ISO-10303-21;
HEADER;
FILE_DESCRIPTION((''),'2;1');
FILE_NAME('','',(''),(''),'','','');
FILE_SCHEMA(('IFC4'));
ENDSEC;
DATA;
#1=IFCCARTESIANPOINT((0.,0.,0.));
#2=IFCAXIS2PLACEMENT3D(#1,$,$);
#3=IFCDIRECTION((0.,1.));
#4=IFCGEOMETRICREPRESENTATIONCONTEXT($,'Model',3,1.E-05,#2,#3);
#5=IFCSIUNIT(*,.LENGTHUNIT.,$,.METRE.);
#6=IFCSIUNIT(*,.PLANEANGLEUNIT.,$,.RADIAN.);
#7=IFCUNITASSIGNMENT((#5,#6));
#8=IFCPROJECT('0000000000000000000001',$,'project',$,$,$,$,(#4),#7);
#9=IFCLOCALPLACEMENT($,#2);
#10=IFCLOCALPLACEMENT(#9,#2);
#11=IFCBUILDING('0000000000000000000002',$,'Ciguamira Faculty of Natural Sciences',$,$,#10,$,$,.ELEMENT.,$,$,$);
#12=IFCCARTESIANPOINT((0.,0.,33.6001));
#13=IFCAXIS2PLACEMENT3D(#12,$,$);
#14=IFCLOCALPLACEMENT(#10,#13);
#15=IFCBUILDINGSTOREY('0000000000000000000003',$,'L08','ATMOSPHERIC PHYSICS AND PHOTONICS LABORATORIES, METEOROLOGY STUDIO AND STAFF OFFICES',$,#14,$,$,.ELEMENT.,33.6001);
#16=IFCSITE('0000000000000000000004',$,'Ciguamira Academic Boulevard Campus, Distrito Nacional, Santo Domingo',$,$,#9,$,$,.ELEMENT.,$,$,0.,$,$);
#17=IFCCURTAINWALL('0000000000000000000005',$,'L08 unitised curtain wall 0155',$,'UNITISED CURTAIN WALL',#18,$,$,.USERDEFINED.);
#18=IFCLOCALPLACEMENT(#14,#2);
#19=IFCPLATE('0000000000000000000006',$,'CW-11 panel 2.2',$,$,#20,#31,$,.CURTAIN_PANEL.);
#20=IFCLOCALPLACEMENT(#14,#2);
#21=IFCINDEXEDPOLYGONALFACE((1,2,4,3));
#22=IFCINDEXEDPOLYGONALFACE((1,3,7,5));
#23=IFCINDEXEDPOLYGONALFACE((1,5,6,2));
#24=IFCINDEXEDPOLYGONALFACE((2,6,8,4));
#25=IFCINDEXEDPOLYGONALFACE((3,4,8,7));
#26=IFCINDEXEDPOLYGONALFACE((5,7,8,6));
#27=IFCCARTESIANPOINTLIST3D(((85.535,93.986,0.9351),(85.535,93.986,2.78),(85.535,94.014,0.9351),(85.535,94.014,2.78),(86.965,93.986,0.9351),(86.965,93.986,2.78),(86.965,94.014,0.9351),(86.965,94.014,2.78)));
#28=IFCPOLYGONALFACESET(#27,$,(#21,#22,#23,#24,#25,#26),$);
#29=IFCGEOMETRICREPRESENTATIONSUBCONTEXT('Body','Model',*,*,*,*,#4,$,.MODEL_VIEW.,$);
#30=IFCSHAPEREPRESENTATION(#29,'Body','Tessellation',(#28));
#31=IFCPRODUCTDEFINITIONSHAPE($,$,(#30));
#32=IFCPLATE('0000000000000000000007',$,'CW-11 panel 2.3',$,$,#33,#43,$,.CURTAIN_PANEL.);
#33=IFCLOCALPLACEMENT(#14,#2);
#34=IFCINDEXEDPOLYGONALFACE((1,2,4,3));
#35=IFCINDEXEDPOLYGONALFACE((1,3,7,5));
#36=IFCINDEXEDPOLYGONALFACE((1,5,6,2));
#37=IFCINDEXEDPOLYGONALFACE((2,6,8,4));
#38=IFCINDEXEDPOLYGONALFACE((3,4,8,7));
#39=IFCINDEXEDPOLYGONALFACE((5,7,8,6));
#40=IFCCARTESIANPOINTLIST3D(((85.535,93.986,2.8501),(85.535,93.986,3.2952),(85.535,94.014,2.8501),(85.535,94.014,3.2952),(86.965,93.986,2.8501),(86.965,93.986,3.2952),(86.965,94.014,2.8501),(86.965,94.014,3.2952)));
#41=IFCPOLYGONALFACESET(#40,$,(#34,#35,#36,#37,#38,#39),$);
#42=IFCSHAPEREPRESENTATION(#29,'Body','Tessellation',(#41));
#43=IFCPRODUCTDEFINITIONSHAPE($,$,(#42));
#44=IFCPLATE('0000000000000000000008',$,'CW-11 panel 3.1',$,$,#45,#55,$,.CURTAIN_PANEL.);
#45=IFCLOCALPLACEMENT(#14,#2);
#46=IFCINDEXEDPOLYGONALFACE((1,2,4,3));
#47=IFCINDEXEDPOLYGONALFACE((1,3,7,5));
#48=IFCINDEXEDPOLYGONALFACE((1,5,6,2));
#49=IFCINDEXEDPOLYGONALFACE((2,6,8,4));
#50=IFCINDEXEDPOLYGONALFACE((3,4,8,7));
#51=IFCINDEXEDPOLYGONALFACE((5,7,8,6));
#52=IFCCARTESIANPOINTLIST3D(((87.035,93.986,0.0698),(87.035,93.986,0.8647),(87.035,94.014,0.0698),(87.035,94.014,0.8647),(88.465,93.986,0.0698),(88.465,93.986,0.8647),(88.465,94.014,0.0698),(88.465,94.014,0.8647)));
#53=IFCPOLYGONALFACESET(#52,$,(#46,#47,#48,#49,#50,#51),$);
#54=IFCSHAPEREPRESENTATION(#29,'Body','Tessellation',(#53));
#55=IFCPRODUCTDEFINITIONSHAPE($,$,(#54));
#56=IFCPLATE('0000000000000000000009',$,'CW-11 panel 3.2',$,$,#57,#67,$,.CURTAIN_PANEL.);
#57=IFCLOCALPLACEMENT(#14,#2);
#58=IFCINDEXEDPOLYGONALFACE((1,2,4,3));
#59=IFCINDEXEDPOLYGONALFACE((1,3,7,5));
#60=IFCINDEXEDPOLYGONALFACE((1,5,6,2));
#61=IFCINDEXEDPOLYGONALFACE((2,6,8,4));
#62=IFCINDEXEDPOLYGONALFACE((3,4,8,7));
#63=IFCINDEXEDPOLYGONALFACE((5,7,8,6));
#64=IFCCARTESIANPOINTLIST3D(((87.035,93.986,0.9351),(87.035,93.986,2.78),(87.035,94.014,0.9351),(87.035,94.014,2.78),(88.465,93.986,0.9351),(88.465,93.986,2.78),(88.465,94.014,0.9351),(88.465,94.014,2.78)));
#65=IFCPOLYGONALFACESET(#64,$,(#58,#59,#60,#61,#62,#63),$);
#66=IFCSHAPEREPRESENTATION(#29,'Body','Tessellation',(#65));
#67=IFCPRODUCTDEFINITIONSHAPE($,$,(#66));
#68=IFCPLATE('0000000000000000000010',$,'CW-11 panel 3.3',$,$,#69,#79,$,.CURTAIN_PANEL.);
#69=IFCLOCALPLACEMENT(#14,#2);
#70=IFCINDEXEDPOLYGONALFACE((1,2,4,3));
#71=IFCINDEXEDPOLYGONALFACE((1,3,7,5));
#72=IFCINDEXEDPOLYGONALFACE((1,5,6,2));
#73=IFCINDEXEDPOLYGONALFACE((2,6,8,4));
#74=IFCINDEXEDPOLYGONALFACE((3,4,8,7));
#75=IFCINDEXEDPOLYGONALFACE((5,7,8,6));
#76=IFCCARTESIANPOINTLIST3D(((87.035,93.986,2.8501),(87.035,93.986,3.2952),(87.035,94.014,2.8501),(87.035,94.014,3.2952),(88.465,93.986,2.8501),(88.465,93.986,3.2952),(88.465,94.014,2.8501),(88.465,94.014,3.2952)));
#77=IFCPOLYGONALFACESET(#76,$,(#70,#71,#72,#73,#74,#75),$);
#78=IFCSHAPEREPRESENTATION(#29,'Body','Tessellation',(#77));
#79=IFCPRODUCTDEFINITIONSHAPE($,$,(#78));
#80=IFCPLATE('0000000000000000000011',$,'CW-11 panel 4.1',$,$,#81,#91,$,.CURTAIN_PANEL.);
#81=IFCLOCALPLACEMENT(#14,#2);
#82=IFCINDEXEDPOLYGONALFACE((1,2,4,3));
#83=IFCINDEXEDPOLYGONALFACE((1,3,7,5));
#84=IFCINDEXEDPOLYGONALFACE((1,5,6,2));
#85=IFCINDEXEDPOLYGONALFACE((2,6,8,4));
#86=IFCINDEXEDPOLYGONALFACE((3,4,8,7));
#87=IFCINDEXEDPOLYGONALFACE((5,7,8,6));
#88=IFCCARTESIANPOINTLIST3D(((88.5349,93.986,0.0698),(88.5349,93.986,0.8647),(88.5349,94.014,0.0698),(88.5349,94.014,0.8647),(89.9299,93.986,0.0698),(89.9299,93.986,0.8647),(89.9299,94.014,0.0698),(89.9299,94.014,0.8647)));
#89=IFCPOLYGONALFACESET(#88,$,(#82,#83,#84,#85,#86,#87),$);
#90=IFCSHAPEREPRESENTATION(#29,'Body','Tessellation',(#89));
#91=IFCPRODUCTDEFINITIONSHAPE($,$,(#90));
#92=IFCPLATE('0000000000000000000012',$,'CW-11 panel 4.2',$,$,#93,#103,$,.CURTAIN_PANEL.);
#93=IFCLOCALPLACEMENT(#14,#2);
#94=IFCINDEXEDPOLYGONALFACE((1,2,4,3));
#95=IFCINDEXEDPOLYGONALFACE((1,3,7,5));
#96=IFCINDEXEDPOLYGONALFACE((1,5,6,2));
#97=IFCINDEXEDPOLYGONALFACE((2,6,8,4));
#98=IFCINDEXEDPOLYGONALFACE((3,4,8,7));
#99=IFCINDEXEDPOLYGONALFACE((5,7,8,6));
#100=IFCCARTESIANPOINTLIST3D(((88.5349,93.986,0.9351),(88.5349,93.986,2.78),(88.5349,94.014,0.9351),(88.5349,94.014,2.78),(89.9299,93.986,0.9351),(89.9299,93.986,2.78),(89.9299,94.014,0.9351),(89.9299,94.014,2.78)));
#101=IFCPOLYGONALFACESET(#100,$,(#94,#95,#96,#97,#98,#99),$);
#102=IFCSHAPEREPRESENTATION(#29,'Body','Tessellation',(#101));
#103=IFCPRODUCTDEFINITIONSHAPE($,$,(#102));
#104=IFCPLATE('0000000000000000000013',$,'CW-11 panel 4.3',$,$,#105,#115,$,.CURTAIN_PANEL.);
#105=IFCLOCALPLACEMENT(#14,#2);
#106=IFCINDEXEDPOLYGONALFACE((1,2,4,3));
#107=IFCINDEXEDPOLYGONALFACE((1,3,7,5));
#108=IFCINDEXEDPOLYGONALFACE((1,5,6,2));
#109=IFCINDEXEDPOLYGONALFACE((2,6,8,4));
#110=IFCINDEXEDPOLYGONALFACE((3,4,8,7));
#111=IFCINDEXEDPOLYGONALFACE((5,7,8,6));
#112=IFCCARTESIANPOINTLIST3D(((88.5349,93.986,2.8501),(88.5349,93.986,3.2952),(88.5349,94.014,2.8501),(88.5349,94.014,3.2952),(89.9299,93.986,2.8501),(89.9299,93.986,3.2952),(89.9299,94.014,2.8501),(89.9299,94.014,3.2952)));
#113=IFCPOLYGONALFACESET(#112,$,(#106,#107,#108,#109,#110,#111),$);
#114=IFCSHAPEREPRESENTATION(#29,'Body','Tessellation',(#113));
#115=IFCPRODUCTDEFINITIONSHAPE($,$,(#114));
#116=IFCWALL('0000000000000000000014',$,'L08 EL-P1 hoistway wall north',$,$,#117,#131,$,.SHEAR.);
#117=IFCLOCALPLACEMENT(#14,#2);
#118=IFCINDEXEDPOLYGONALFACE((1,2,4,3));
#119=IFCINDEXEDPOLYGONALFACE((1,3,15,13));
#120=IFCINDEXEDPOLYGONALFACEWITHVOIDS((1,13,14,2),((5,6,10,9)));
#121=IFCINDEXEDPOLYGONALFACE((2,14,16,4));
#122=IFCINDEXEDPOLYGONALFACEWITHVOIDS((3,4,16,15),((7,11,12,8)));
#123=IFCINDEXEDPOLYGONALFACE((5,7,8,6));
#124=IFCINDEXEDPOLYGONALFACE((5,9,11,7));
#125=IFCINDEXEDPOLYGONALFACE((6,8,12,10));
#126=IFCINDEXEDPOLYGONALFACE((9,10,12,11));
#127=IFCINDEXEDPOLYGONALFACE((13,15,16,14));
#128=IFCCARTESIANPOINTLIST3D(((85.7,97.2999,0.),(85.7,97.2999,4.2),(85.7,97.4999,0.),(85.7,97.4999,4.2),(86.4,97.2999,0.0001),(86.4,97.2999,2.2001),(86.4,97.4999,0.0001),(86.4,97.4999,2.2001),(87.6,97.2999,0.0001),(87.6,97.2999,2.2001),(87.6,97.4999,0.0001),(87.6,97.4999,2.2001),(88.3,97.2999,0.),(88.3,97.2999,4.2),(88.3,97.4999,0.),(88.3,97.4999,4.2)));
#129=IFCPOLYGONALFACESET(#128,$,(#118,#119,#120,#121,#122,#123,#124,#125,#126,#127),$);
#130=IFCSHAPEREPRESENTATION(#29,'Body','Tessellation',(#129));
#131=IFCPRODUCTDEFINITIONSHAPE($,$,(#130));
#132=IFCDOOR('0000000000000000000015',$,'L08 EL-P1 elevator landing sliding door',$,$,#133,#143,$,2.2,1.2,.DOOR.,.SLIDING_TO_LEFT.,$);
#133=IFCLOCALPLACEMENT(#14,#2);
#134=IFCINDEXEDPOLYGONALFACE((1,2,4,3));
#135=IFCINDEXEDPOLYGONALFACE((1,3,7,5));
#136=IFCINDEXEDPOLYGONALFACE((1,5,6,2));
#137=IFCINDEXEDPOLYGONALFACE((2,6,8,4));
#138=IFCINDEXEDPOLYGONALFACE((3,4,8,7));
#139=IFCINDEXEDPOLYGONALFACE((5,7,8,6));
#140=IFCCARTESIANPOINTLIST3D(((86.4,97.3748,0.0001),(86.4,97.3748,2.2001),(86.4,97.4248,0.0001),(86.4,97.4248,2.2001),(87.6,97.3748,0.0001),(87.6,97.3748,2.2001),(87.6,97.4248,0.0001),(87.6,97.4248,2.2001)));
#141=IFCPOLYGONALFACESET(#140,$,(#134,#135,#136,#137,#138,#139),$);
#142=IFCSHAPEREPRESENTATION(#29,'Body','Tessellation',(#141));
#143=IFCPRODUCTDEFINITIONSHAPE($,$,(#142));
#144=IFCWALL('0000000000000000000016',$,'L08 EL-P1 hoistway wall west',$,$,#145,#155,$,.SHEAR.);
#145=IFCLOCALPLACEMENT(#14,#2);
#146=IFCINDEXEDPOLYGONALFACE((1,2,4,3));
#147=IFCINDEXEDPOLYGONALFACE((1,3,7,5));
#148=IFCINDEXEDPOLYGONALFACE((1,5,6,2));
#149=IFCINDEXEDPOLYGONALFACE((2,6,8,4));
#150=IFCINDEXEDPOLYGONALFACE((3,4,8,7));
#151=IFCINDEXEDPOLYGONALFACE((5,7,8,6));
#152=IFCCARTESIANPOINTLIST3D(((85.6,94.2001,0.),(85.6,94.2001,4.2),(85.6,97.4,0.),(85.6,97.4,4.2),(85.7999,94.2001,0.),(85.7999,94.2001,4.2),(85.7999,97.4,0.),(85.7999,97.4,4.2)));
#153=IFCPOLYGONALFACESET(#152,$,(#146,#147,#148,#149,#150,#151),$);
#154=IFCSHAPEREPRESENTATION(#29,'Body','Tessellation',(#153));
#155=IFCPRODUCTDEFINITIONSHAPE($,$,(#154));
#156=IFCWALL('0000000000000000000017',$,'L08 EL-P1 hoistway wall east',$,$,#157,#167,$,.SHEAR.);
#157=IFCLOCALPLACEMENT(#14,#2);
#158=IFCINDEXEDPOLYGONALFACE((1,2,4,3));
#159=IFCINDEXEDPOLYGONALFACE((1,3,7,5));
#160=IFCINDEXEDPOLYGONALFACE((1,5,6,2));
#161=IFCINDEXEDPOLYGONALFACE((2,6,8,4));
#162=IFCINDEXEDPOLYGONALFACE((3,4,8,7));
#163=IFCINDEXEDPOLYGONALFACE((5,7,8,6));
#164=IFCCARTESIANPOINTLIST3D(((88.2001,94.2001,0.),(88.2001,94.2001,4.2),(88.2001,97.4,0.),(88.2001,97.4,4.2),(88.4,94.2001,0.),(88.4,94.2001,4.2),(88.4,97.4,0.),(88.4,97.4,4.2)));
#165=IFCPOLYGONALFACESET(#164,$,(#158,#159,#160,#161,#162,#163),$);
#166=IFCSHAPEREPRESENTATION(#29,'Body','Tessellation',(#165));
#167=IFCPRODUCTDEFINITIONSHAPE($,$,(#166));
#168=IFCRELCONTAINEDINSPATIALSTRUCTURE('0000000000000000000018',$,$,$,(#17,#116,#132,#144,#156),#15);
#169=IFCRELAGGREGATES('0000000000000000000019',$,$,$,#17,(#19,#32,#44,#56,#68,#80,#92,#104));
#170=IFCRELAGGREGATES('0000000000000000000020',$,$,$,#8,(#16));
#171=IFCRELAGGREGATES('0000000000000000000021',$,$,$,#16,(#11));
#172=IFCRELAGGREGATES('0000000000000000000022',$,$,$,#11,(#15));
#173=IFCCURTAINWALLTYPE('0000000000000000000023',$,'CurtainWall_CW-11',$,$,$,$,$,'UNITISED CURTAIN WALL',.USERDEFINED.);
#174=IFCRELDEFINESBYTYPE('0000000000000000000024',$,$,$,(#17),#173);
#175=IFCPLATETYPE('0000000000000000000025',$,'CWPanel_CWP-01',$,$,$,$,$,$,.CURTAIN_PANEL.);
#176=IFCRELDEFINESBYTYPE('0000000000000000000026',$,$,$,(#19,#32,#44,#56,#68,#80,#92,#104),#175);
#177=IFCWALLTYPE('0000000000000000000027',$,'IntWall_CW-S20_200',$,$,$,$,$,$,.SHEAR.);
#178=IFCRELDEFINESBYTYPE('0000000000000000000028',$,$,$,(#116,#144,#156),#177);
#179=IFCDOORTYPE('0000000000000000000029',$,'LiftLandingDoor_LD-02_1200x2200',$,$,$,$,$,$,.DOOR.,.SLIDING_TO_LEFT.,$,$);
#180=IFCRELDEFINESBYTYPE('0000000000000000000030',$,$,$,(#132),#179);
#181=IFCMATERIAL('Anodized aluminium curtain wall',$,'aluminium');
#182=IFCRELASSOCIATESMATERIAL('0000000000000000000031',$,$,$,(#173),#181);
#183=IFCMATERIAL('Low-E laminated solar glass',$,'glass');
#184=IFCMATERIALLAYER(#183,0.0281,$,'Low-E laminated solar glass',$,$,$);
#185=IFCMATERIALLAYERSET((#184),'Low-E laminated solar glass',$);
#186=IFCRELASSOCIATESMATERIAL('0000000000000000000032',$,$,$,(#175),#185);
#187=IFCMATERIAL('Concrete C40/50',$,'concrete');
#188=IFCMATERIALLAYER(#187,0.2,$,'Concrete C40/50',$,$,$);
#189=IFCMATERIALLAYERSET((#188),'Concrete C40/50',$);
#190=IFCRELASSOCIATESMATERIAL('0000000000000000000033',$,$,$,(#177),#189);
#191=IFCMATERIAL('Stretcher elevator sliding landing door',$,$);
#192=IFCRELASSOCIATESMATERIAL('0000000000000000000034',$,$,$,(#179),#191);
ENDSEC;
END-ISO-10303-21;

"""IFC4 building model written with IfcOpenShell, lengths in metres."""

from ifc_helpers import new_model, si_unit, direction, frame, frame_2d, origin, origin_2d, place, context, subcontext, project, spatial, rectangle, extrude, material, layer, layer_set, type_object, element, fill, aggregate, save


model = new_model("IFC4")

# Units and contexts
model_context = context("Model", 3, precision=1e-05, world=origin(), true_north=direction((0.0, 1.0)))
body_context = subcontext(model_context, "Body", "Model", "MODEL_VIEW")
ifc_project = project(units=[si_unit("LENGTHUNIT", "METRE"), si_unit("PLANEANGLEUNIT", "RADIAN")], contexts=[model_context])

# Site, building, storey
site_placement = place(None, origin())
site = spatial("IfcSite", under=ifc_project, at=site_placement, Name="Ciguamira Academic Boulevard Campus, Distrito Nacional, Santo Domingo", CompositionType="ELEMENT", RefElevation=0.0)
building_placement = place(site_placement, origin())
building = spatial("IfcBuilding", under=site, at=building_placement, Name="Ciguamira Faculty of Natural Sciences", CompositionType="ELEMENT")
storey_placement = place(building_placement, frame((0.0, 0.0, 33.6001)))
storey = spatial("IfcBuildingStorey", under=building, at=storey_placement, Name="L08", Description="ATMOSPHERIC PHYSICS AND PHOTONICS LABORATORIES, METEOROLOGY STUDIO AND STAFF OFFICES", CompositionType="ELEMENT", Elevation=33.6001)

# Shared definitions
ifc_material_1 = material(Name="Concrete C40/50", Category="concrete")

# Curtain wall
ifc_material_2 = material(Name="Anodized aluminium curtain wall", Category="aluminium")
curtain_wall_type = type_object("IfcCurtainWallType", Name="CurtainWall_CW-11", ElementType="UNITISED CURTAIN WALL", PredefinedType="USERDEFINED", material=ifc_material_2)
curtain_wall_placement = place(storey_placement, origin())
curtain_wall = element("IfcCurtainWall", 1, at=curtain_wall_placement, inside=storey, type_object=curtain_wall_type, Name="L08 unitised curtain wall 0155", ObjectType="UNITISED CURTAIN WALL", PredefinedType="USERDEFINED")

# Plates
ifc_material_3 = material(Name="Low-E laminated solar glass", Category="glass")
ifc_layer_1 = layer(ifc_material_3, 0.0281, Name="Low-E laminated solar glass")
ifc_layer_set_1 = layer_set([ifc_layer_1], Name="Low-E laminated solar glass")
plate_type = type_object("IfcPlateType", Name="CWPanel_CWP-01", PredefinedType="CURTAIN_PANEL", material=ifc_layer_set_1)
plate_1_placement = place(storey_placement, frame((86.25, 94.0, 0.9351), z_axis=(0.0, 0.0, 1.0), x_axis=(1.0, 0.0, 0.0)))
plate_1 = element("IfcPlate", 2, at=plate_1_placement, type_object=plate_type, Name="CW-11 panel 2.2", PredefinedType="CURTAIN_PANEL", context=body_context, shape_type="SweptSolid", body=[
    extrude(rectangle(XDim=1.4299, YDim=0.0281, at=origin_2d()), origin(), (0.0, 0.0, 1.0), 1.845),
])
plate_2_placement = place(storey_placement, frame((86.25, 94.0, 2.8501), z_axis=(0.0, 0.0, 1.0), x_axis=(1.0, 0.0, 0.0)))
plate_2 = element("IfcPlate", 3, at=plate_2_placement, type_object=plate_type, Name="CW-11 panel 2.3", PredefinedType="CURTAIN_PANEL", context=body_context, shape_type="SweptSolid", body=[
    extrude(rectangle(XDim=1.4299, YDim=0.0281, at=origin_2d()), origin(), (0.0, 0.0, 1.0), 0.4451),
])
plate_3_placement = place(storey_placement, frame((87.75, 94.0, 0.0698), z_axis=(0.0, 0.0, 1.0), x_axis=(1.0, 0.0, 0.0)))
plate_3 = element("IfcPlate", 4, at=plate_3_placement, type_object=plate_type, Name="CW-11 panel 3.1", PredefinedType="CURTAIN_PANEL", context=body_context, shape_type="SweptSolid", body=[
    extrude(rectangle(XDim=1.4299, YDim=0.0281, at=origin_2d()), origin(), (0.0, 0.0, 1.0), 0.7949),
])
plate_4_placement = place(storey_placement, frame((87.75, 94.0, 0.9351), z_axis=(0.0, 0.0, 1.0), x_axis=(1.0, 0.0, 0.0)))
plate_4 = element("IfcPlate", 5, at=plate_4_placement, type_object=plate_type, Name="CW-11 panel 3.2", PredefinedType="CURTAIN_PANEL", context=body_context, shape_type="SweptSolid", body=[
    extrude(rectangle(XDim=1.4299, YDim=0.0281, at=origin_2d()), origin(), (0.0, 0.0, 1.0), 1.845),
])
plate_5_placement = place(storey_placement, frame((87.75, 94.0, 2.8501), z_axis=(0.0, 0.0, 1.0), x_axis=(1.0, 0.0, 0.0)))
plate_5 = element("IfcPlate", 6, at=plate_5_placement, type_object=plate_type, Name="CW-11 panel 3.3", PredefinedType="CURTAIN_PANEL", context=body_context, shape_type="SweptSolid", body=[
    extrude(rectangle(XDim=1.4299, YDim=0.0281, at=origin_2d()), origin(), (0.0, 0.0, 1.0), 0.4451),
])
plate_6_placement = place(storey_placement, frame((89.2324, 94.0, 0.0698), z_axis=(0.0, 0.0, 1.0), x_axis=(1.0, 0.0, 0.0)))
plate_6 = element("IfcPlate", 7, at=plate_6_placement, type_object=plate_type, Name="CW-11 panel 4.1", PredefinedType="CURTAIN_PANEL", context=body_context, shape_type="SweptSolid", body=[
    extrude(rectangle(XDim=1.395, YDim=0.0281, at=origin_2d()), origin(), (0.0, 0.0, 1.0), 0.7949),
])
plate_7_placement = place(storey_placement, frame((89.2324, 94.0, 0.9351), z_axis=(0.0, 0.0, 1.0), x_axis=(1.0, 0.0, 0.0)))
plate_7 = element("IfcPlate", 8, at=plate_7_placement, type_object=plate_type, Name="CW-11 panel 4.2", PredefinedType="CURTAIN_PANEL", context=body_context, shape_type="SweptSolid", body=[
    extrude(rectangle(XDim=1.395, YDim=0.0281, at=origin_2d()), origin(), (0.0, 0.0, 1.0), 1.845),
])
plate_8_placement = place(storey_placement, frame((89.2324, 94.0, 2.8501), z_axis=(0.0, 0.0, 1.0), x_axis=(1.0, 0.0, 0.0)))
plate_8 = element("IfcPlate", 9, at=plate_8_placement, type_object=plate_type, Name="CW-11 panel 4.3", PredefinedType="CURTAIN_PANEL", context=body_context, shape_type="SweptSolid", body=[
    extrude(rectangle(XDim=1.395, YDim=0.0281, at=origin_2d()), origin(), (0.0, 0.0, 1.0), 0.4451),
])
aggregate(curtain_wall, [plate_1, plate_2, plate_3, plate_4, plate_5, plate_6, plate_7, plate_8])

# Wall, opening, door
ifc_layer_2 = layer(ifc_material_1, 0.2, Name="Concrete C40/50")
ifc_layer_set_2 = layer_set([ifc_layer_2], Name="Concrete C40/50")
wall_type = type_object("IfcWallType", Name="IntWall_CW-S20_200", PredefinedType="SHEAR", material=ifc_layer_set_2)
wall_placement = place(storey_placement, frame((85.7, 97.3999, 0.0), z_axis=(0.0, 0.0, 1.0), x_axis=(1.0, 0.0, 0.0)))
wall = element("IfcWall", 10, at=wall_placement, inside=storey, type_object=wall_type, Name="L08 EL-P1 hoistway wall north", PredefinedType="SHEAR", context=body_context, shape_type="SweptSolid", body=[
    extrude(rectangle(XDim=2.6001, YDim=0.2, at=frame_2d((1.3, 0.0))), origin(), (0.0, 0.0, 1.0), 4.2),
])
opening_placement = place(wall_placement, frame((0.7, 0.0, 0.0)))
opening = element("IfcOpeningElement", 11, at=opening_placement, cuts=wall, PredefinedType="OPENING", context=body_context, shape_type="SweptSolid", body=[
    extrude(rectangle(XDim=1.2, YDim=2.2, at=frame_2d((0.6001, 1.1001))), frame((0.0, 0.1099, 0.0), z_axis=(0.0, -1.0, 0.0), x_axis=(1.0, 0.0, 0.0)), (0.0, 0.0, 1.0), 0.22),
])
ifc_material_4 = material(Name="Stretcher elevator sliding landing door")
door_type = type_object("IfcDoorType", Name="LiftLandingDoor_LD-02_1200x2200", OperationType="SLIDING_TO_LEFT", PredefinedType="DOOR", material=ifc_material_4)
door_placement = place(opening_placement, origin())
door = element("IfcDoor", 12, at=door_placement, inside=storey, type_object=door_type, Name="L08 EL-P1 elevator landing sliding door", OperationType="SLIDING_TO_LEFT", OverallHeight=2.2, OverallWidth=1.2, PredefinedType="DOOR", context=body_context, shape_type="SweptSolid", body=[
    extrude(rectangle(XDim=1.2, YDim=2.2, at=frame_2d((0.6001, 1.1001))), frame((0.0, 0.0249, 0.0), z_axis=(0.0, -1.0, 0.0), x_axis=(1.0, 0.0, 0.0)), (0.0, 0.0, 1.0), 0.05),
])
fill(opening, door)

# Walls
for number, where, z_axis, x_axis, name in (
    (13, (85.7, 94.2, 0.0), (0.0, 0.0, 1.0), (0.0, 1.0, 0.0), "L08 EL-P1 hoistway wall west"),
    (14, (88.3, 94.2, 0.0), (0.0, 0.0, 1.0), (0.0, 1.0, 0.0), "L08 EL-P1 hoistway wall east"),
):
    element("IfcWall", number, at=place(storey_placement, frame(where, z_axis=z_axis, x_axis=x_axis)), inside=storey, type_object=wall_type, Name=name, PredefinedType="SHEAR", context=body_context, shape_type="SweptSolid", body=[
        extrude(rectangle(XDim=3.2, YDim=0.2, at=frame_2d((1.6001, 0.0))), origin(), (0.0, 0.0, 1.0), 4.2),
    ])

save(model, "model.ifc")
